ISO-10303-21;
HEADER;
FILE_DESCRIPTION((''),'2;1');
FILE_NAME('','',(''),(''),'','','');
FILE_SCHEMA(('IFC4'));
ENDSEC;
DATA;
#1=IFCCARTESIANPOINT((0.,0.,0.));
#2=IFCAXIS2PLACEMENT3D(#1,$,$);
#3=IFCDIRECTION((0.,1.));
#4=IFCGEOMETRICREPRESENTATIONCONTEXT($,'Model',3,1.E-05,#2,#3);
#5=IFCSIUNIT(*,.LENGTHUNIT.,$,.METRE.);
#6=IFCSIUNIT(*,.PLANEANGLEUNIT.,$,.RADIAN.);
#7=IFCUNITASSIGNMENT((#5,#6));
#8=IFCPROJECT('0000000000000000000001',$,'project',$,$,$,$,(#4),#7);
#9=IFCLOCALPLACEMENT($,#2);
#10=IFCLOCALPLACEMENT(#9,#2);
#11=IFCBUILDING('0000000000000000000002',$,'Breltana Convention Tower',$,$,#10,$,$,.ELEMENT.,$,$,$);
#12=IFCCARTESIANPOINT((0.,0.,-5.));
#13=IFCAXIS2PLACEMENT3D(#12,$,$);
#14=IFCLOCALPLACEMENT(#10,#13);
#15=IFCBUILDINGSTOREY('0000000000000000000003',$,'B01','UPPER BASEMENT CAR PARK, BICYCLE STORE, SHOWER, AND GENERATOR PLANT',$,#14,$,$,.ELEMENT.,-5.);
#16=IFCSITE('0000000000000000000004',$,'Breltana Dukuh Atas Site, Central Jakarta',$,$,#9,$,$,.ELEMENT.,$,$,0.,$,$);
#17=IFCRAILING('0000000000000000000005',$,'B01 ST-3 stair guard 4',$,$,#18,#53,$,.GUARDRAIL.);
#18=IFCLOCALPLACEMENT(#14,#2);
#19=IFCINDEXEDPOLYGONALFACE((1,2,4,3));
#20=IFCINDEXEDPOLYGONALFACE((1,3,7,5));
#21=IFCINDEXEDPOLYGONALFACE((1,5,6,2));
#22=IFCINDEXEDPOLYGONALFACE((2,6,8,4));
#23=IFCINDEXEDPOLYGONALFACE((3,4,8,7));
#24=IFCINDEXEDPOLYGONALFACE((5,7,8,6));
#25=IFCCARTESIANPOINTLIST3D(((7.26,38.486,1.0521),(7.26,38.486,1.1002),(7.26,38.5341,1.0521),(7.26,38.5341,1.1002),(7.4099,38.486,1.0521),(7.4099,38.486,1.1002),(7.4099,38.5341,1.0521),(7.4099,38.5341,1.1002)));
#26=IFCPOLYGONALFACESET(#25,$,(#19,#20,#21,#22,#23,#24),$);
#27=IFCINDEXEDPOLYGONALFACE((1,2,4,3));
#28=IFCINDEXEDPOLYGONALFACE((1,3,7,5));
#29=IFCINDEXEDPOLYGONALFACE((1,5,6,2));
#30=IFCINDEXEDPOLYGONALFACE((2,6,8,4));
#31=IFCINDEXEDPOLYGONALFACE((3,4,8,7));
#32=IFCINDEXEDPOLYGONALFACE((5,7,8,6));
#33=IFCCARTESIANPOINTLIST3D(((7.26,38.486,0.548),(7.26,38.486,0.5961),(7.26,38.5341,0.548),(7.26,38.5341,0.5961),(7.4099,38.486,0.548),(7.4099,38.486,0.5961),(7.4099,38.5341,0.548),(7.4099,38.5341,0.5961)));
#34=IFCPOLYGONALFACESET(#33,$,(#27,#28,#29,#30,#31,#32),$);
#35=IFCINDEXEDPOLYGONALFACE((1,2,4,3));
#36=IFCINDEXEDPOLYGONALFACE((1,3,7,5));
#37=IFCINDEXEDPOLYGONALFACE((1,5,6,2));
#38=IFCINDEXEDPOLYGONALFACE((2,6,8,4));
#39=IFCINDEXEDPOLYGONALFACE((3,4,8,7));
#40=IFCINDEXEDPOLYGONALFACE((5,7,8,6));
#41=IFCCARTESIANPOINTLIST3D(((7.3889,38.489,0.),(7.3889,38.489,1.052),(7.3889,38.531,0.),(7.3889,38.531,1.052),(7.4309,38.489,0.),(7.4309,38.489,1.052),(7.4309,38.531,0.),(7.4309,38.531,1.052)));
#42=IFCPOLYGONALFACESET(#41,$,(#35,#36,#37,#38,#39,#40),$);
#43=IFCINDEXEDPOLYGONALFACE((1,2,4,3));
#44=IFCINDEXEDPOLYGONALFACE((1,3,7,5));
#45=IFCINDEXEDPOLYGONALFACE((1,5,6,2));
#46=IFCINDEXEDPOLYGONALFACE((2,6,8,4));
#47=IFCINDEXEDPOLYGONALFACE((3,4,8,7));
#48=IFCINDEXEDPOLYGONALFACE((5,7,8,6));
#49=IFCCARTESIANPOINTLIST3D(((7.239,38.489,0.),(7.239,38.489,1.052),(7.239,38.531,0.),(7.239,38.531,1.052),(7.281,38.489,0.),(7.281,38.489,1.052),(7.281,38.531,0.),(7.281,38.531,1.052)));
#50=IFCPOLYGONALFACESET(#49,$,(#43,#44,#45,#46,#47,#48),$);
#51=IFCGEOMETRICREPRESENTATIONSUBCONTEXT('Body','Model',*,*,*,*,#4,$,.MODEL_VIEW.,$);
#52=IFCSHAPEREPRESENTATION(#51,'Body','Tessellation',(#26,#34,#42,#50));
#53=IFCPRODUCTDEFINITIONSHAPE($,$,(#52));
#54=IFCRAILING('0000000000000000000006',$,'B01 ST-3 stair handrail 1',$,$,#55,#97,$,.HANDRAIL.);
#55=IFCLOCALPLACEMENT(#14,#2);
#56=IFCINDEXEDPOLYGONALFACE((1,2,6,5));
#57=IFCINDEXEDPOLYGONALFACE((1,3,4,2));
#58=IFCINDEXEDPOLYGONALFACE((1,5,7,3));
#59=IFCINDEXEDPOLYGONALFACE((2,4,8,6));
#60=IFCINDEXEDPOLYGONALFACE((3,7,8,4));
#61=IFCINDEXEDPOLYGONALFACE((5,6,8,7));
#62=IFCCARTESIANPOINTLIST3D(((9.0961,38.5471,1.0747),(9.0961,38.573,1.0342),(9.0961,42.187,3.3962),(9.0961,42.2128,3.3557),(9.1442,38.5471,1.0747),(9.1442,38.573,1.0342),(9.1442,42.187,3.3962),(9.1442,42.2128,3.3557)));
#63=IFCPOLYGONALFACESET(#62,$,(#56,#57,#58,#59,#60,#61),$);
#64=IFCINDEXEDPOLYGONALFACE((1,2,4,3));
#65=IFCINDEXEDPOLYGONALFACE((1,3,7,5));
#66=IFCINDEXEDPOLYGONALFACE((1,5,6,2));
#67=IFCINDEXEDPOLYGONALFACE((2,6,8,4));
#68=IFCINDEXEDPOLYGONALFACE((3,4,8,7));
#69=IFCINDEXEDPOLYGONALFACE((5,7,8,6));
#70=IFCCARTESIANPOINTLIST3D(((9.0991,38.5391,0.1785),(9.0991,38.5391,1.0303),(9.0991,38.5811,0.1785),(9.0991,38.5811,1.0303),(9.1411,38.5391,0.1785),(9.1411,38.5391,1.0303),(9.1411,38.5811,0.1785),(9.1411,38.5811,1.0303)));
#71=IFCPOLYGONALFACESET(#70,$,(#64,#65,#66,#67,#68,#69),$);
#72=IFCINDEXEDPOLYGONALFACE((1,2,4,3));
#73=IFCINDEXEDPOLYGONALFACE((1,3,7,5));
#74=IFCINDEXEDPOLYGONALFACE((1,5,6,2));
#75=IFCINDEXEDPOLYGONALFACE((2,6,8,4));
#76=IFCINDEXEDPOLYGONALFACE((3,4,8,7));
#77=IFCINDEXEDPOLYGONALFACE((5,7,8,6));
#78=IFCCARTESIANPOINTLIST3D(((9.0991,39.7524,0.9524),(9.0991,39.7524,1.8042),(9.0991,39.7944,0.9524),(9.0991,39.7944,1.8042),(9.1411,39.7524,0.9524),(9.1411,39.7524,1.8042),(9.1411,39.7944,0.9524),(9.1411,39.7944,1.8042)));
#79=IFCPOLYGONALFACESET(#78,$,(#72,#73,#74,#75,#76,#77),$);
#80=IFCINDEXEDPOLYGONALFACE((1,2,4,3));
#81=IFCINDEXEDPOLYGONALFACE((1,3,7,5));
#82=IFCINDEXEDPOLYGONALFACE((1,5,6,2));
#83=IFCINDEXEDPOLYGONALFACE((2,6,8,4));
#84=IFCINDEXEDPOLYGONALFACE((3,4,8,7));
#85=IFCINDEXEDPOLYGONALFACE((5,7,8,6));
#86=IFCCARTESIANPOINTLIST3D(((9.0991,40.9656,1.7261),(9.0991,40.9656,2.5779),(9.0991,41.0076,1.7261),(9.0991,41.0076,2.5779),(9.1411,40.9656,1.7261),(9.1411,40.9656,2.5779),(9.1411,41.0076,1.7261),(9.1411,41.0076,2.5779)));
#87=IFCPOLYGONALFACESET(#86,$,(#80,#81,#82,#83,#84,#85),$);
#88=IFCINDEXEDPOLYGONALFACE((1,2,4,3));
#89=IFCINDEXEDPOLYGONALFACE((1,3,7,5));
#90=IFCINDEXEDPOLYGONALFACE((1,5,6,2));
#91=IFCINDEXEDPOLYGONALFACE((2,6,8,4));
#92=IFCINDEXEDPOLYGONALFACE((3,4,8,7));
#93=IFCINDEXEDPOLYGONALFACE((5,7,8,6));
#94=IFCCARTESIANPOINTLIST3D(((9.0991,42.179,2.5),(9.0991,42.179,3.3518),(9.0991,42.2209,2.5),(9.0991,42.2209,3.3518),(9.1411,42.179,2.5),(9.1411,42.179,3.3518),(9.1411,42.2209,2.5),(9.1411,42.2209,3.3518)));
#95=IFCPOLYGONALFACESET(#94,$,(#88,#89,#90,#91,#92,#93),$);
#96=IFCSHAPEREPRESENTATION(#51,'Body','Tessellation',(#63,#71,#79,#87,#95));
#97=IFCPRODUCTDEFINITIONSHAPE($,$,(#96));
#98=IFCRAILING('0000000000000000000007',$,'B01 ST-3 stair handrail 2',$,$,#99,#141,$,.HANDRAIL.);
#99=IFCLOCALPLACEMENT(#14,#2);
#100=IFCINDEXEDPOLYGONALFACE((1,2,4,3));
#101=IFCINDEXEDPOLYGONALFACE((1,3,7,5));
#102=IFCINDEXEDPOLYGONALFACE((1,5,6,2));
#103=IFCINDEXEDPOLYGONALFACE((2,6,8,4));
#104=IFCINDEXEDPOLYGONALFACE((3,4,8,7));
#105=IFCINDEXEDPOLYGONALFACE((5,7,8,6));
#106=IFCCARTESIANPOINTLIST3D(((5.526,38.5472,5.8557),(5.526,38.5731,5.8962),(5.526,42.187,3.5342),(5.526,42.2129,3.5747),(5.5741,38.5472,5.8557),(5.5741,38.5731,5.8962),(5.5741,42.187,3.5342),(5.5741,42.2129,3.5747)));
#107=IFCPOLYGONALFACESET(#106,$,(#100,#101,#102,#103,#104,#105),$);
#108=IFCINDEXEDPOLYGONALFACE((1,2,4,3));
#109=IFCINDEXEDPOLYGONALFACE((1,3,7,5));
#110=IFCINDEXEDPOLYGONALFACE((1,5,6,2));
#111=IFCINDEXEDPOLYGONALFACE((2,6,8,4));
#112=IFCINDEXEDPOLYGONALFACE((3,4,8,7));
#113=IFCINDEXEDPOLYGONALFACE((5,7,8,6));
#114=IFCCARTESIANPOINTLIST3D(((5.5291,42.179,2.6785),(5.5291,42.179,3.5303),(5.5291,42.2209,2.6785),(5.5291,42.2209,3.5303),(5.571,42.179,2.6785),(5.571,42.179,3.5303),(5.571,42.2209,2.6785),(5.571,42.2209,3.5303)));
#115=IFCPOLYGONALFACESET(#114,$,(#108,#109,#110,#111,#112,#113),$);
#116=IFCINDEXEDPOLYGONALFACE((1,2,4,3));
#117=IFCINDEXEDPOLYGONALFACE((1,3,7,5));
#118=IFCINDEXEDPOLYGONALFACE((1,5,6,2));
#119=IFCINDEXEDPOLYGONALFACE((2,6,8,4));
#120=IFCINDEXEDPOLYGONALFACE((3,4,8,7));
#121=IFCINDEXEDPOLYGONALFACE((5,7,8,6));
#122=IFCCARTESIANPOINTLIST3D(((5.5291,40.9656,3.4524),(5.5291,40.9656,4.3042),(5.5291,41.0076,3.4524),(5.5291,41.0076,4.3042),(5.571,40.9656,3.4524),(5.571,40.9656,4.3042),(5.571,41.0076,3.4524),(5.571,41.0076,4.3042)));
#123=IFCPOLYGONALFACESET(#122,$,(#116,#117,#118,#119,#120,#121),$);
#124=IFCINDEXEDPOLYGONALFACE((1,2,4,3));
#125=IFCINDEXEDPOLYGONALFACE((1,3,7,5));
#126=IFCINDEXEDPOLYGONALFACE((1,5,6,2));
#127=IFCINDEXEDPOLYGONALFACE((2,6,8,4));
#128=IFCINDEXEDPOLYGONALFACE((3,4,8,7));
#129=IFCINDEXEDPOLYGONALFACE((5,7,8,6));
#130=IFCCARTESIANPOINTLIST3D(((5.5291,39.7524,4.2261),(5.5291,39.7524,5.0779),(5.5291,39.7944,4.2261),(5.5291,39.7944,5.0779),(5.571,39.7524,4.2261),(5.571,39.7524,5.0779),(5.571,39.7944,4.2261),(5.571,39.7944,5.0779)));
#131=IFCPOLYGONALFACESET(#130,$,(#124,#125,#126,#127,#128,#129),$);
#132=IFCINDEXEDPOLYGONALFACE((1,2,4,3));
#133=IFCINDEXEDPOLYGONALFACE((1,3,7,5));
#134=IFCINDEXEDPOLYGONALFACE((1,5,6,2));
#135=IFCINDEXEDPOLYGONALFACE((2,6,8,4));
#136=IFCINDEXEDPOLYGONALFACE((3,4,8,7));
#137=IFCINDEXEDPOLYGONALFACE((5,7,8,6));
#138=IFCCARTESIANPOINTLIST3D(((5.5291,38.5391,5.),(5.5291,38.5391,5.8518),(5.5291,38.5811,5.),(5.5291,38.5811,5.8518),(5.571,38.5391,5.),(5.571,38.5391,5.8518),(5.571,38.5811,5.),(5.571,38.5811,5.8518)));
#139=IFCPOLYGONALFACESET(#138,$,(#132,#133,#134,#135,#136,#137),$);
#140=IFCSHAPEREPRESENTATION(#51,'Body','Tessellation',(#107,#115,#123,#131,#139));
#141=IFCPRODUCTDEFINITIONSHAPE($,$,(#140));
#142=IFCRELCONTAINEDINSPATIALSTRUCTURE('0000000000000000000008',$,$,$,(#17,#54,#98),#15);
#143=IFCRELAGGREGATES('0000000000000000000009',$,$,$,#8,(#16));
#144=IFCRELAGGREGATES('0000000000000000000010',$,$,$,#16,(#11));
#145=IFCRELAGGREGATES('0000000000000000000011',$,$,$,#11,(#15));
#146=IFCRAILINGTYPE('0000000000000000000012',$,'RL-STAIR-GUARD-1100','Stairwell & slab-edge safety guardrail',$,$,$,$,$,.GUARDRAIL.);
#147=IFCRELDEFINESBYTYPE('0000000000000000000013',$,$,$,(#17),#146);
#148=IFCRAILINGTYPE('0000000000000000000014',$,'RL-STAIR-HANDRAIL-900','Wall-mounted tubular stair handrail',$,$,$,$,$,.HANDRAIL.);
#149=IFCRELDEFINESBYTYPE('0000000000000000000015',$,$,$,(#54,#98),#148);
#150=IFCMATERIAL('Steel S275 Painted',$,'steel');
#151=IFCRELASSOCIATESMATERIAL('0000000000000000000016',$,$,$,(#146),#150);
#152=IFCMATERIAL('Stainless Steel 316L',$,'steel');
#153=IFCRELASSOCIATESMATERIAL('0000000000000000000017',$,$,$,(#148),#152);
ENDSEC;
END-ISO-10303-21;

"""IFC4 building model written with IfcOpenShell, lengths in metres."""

from ifc_helpers import new_model, si_unit, direction, frame, origin, origin_2d, place, context, subcontext, project, spatial, rectangle, extrude, material, type_object, element, save


model = new_model("IFC4")

# Units and contexts
model_context = context("Model", 3, precision=1e-05, world=origin(), true_north=direction((0.0, 1.0)))
body_context = subcontext(model_context, "Body", "Model", "MODEL_VIEW")
ifc_project = project(units=[si_unit("LENGTHUNIT", "METRE"), si_unit("PLANEANGLEUNIT", "RADIAN")], contexts=[model_context])

# Site, building, storey
site_placement = place(None, origin())
site = spatial("IfcSite", under=ifc_project, at=site_placement, Name="Breltana Dukuh Atas Site, Central Jakarta", CompositionType="ELEMENT", RefElevation=0.0)
building_placement = place(site_placement, origin())
building = spatial("IfcBuilding", under=site, at=building_placement, Name="Breltana Convention Tower", CompositionType="ELEMENT")
storey_placement = place(building_placement, frame((0.0, 0.0, -5.0)))
storey = spatial("IfcBuildingStorey", under=building, at=storey_placement, Name="B01", Description="UPPER BASEMENT CAR PARK, BICYCLE STORE, SHOWER, AND GENERATOR PLANT", CompositionType="ELEMENT", Elevation=-5.0)

# Railings
ifc_material_1 = material(Name="Steel S275 Painted", Category="steel")
railing_type_1 = type_object("IfcRailingType", Name="RL-STAIR-GUARD-1100", Description="Stairwell & slab-edge safety guardrail", PredefinedType="GUARDRAIL", material=ifc_material_1)
railing_1_placement = place(storey_placement, frame((7.4099, 38.51, 0.0)))
element("IfcRailing", 1, at=railing_1_placement, inside=storey, type_object=railing_type_1, Name="B01 ST-3 stair guard 4", PredefinedType="GUARDRAIL", context=body_context, shape_type="SweptSolid", body=[
    extrude(rectangle(XDim=0.0481, YDim=0.0481, at=origin_2d()), frame((0.0, 0.0, 1.0762), z_axis=(-1.0, 0.0, 0.0), x_axis=(0.0, -1.0, 0.0)), (0.0, 0.0, 1.0), 0.1499),
    extrude(rectangle(XDim=0.0481, YDim=0.0481, at=origin_2d()), frame((0.0, 0.0, 0.572), z_axis=(-1.0, 0.0, 0.0), x_axis=(0.0, -1.0, 0.0)), (0.0, 0.0, 1.0), 0.1499),
    extrude(rectangle(XDim=0.042, YDim=0.042, at=origin_2d()), origin(), (0.0, 0.0, 1.0), 1.052),
    extrude(rectangle(XDim=0.042, YDim=0.042, at=origin_2d()), frame((-0.1499, 0.0, 0.0)), (0.0, 0.0, 1.0), 1.052),
])
ifc_material_2 = material(Name="Stainless Steel 316L", Category="steel")
railing_type_2 = type_object("IfcRailingType", Name="RL-STAIR-HANDRAIL-900", Description="Wall-mounted tubular stair handrail", PredefinedType="HANDRAIL", material=ifc_material_2)
railing_2_placement = place(storey_placement, frame((9.1201, 38.5601, 0.1785)))
element("IfcRailing", 2, at=railing_2_placement, inside=storey, type_object=railing_type_2, Name="B01 ST-3 stair handrail 1", PredefinedType="HANDRAIL", context=body_context, shape_type="SweptSolid", body=[
    extrude(rectangle(XDim=0.0481, YDim=0.0481, at=origin_2d()), frame((0.0, 0.0, 0.876), z_axis=(0.0, 0.843112, 0.537739), x_axis=(-1.0, 0.0, 0.0)), (0.0, 0.0, 1.0), 4.3171),
    extrude(rectangle(XDim=0.042, YDim=0.042, at=origin_2d()), origin(), (0.0, 0.0, 1.0), 0.8518),
    extrude(rectangle(XDim=0.042, YDim=0.042, at=origin_2d()), frame((0.0, 1.2134, 0.7739)), (0.0, 0.0, 1.0), 0.8518),
    extrude(rectangle(XDim=0.042, YDim=0.042, at=origin_2d()), frame((0.0, 2.4265, 1.5476)), (0.0, 0.0, 1.0), 0.8518),
    extrude(rectangle(XDim=0.042, YDim=0.042, at=origin_2d()), frame((0.0, 3.6399, 2.3215)), (0.0, 0.0, 1.0), 0.8518),
])
railing_3_placement = place(storey_placement, frame((5.55, 42.2, 2.6785)))
element("IfcRailing", 3, at=railing_3_placement, inside=storey, type_object=railing_type_2, Name="B01 ST-3 stair handrail 2", PredefinedType="HANDRAIL", context=body_context, shape_type="SweptSolid", body=[
    extrude(rectangle(XDim=0.0481, YDim=0.0481, at=origin_2d()), frame((0.0, 0.0, 0.876), z_axis=(0.0, -0.843112, 0.537739), x_axis=(1.0, 0.0, 0.0)), (0.0, 0.0, 1.0), 4.3171),
    extrude(rectangle(XDim=0.042, YDim=0.042, at=origin_2d()), origin(), (0.0, 0.0, 1.0), 0.8518),
    extrude(rectangle(XDim=0.042, YDim=0.042, at=origin_2d()), frame((0.0, -1.2134, 0.7739)), (0.0, 0.0, 1.0), 0.8518),
    extrude(rectangle(XDim=0.042, YDim=0.042, at=origin_2d()), frame((0.0, -2.4265, 1.5476)), (0.0, 0.0, 1.0), 0.8518),
    extrude(rectangle(XDim=0.042, YDim=0.042, at=origin_2d()), frame((0.0, -3.6399, 2.3215)), (0.0, 0.0, 1.0), 0.8518),
])

save(model, "model.ifc")
